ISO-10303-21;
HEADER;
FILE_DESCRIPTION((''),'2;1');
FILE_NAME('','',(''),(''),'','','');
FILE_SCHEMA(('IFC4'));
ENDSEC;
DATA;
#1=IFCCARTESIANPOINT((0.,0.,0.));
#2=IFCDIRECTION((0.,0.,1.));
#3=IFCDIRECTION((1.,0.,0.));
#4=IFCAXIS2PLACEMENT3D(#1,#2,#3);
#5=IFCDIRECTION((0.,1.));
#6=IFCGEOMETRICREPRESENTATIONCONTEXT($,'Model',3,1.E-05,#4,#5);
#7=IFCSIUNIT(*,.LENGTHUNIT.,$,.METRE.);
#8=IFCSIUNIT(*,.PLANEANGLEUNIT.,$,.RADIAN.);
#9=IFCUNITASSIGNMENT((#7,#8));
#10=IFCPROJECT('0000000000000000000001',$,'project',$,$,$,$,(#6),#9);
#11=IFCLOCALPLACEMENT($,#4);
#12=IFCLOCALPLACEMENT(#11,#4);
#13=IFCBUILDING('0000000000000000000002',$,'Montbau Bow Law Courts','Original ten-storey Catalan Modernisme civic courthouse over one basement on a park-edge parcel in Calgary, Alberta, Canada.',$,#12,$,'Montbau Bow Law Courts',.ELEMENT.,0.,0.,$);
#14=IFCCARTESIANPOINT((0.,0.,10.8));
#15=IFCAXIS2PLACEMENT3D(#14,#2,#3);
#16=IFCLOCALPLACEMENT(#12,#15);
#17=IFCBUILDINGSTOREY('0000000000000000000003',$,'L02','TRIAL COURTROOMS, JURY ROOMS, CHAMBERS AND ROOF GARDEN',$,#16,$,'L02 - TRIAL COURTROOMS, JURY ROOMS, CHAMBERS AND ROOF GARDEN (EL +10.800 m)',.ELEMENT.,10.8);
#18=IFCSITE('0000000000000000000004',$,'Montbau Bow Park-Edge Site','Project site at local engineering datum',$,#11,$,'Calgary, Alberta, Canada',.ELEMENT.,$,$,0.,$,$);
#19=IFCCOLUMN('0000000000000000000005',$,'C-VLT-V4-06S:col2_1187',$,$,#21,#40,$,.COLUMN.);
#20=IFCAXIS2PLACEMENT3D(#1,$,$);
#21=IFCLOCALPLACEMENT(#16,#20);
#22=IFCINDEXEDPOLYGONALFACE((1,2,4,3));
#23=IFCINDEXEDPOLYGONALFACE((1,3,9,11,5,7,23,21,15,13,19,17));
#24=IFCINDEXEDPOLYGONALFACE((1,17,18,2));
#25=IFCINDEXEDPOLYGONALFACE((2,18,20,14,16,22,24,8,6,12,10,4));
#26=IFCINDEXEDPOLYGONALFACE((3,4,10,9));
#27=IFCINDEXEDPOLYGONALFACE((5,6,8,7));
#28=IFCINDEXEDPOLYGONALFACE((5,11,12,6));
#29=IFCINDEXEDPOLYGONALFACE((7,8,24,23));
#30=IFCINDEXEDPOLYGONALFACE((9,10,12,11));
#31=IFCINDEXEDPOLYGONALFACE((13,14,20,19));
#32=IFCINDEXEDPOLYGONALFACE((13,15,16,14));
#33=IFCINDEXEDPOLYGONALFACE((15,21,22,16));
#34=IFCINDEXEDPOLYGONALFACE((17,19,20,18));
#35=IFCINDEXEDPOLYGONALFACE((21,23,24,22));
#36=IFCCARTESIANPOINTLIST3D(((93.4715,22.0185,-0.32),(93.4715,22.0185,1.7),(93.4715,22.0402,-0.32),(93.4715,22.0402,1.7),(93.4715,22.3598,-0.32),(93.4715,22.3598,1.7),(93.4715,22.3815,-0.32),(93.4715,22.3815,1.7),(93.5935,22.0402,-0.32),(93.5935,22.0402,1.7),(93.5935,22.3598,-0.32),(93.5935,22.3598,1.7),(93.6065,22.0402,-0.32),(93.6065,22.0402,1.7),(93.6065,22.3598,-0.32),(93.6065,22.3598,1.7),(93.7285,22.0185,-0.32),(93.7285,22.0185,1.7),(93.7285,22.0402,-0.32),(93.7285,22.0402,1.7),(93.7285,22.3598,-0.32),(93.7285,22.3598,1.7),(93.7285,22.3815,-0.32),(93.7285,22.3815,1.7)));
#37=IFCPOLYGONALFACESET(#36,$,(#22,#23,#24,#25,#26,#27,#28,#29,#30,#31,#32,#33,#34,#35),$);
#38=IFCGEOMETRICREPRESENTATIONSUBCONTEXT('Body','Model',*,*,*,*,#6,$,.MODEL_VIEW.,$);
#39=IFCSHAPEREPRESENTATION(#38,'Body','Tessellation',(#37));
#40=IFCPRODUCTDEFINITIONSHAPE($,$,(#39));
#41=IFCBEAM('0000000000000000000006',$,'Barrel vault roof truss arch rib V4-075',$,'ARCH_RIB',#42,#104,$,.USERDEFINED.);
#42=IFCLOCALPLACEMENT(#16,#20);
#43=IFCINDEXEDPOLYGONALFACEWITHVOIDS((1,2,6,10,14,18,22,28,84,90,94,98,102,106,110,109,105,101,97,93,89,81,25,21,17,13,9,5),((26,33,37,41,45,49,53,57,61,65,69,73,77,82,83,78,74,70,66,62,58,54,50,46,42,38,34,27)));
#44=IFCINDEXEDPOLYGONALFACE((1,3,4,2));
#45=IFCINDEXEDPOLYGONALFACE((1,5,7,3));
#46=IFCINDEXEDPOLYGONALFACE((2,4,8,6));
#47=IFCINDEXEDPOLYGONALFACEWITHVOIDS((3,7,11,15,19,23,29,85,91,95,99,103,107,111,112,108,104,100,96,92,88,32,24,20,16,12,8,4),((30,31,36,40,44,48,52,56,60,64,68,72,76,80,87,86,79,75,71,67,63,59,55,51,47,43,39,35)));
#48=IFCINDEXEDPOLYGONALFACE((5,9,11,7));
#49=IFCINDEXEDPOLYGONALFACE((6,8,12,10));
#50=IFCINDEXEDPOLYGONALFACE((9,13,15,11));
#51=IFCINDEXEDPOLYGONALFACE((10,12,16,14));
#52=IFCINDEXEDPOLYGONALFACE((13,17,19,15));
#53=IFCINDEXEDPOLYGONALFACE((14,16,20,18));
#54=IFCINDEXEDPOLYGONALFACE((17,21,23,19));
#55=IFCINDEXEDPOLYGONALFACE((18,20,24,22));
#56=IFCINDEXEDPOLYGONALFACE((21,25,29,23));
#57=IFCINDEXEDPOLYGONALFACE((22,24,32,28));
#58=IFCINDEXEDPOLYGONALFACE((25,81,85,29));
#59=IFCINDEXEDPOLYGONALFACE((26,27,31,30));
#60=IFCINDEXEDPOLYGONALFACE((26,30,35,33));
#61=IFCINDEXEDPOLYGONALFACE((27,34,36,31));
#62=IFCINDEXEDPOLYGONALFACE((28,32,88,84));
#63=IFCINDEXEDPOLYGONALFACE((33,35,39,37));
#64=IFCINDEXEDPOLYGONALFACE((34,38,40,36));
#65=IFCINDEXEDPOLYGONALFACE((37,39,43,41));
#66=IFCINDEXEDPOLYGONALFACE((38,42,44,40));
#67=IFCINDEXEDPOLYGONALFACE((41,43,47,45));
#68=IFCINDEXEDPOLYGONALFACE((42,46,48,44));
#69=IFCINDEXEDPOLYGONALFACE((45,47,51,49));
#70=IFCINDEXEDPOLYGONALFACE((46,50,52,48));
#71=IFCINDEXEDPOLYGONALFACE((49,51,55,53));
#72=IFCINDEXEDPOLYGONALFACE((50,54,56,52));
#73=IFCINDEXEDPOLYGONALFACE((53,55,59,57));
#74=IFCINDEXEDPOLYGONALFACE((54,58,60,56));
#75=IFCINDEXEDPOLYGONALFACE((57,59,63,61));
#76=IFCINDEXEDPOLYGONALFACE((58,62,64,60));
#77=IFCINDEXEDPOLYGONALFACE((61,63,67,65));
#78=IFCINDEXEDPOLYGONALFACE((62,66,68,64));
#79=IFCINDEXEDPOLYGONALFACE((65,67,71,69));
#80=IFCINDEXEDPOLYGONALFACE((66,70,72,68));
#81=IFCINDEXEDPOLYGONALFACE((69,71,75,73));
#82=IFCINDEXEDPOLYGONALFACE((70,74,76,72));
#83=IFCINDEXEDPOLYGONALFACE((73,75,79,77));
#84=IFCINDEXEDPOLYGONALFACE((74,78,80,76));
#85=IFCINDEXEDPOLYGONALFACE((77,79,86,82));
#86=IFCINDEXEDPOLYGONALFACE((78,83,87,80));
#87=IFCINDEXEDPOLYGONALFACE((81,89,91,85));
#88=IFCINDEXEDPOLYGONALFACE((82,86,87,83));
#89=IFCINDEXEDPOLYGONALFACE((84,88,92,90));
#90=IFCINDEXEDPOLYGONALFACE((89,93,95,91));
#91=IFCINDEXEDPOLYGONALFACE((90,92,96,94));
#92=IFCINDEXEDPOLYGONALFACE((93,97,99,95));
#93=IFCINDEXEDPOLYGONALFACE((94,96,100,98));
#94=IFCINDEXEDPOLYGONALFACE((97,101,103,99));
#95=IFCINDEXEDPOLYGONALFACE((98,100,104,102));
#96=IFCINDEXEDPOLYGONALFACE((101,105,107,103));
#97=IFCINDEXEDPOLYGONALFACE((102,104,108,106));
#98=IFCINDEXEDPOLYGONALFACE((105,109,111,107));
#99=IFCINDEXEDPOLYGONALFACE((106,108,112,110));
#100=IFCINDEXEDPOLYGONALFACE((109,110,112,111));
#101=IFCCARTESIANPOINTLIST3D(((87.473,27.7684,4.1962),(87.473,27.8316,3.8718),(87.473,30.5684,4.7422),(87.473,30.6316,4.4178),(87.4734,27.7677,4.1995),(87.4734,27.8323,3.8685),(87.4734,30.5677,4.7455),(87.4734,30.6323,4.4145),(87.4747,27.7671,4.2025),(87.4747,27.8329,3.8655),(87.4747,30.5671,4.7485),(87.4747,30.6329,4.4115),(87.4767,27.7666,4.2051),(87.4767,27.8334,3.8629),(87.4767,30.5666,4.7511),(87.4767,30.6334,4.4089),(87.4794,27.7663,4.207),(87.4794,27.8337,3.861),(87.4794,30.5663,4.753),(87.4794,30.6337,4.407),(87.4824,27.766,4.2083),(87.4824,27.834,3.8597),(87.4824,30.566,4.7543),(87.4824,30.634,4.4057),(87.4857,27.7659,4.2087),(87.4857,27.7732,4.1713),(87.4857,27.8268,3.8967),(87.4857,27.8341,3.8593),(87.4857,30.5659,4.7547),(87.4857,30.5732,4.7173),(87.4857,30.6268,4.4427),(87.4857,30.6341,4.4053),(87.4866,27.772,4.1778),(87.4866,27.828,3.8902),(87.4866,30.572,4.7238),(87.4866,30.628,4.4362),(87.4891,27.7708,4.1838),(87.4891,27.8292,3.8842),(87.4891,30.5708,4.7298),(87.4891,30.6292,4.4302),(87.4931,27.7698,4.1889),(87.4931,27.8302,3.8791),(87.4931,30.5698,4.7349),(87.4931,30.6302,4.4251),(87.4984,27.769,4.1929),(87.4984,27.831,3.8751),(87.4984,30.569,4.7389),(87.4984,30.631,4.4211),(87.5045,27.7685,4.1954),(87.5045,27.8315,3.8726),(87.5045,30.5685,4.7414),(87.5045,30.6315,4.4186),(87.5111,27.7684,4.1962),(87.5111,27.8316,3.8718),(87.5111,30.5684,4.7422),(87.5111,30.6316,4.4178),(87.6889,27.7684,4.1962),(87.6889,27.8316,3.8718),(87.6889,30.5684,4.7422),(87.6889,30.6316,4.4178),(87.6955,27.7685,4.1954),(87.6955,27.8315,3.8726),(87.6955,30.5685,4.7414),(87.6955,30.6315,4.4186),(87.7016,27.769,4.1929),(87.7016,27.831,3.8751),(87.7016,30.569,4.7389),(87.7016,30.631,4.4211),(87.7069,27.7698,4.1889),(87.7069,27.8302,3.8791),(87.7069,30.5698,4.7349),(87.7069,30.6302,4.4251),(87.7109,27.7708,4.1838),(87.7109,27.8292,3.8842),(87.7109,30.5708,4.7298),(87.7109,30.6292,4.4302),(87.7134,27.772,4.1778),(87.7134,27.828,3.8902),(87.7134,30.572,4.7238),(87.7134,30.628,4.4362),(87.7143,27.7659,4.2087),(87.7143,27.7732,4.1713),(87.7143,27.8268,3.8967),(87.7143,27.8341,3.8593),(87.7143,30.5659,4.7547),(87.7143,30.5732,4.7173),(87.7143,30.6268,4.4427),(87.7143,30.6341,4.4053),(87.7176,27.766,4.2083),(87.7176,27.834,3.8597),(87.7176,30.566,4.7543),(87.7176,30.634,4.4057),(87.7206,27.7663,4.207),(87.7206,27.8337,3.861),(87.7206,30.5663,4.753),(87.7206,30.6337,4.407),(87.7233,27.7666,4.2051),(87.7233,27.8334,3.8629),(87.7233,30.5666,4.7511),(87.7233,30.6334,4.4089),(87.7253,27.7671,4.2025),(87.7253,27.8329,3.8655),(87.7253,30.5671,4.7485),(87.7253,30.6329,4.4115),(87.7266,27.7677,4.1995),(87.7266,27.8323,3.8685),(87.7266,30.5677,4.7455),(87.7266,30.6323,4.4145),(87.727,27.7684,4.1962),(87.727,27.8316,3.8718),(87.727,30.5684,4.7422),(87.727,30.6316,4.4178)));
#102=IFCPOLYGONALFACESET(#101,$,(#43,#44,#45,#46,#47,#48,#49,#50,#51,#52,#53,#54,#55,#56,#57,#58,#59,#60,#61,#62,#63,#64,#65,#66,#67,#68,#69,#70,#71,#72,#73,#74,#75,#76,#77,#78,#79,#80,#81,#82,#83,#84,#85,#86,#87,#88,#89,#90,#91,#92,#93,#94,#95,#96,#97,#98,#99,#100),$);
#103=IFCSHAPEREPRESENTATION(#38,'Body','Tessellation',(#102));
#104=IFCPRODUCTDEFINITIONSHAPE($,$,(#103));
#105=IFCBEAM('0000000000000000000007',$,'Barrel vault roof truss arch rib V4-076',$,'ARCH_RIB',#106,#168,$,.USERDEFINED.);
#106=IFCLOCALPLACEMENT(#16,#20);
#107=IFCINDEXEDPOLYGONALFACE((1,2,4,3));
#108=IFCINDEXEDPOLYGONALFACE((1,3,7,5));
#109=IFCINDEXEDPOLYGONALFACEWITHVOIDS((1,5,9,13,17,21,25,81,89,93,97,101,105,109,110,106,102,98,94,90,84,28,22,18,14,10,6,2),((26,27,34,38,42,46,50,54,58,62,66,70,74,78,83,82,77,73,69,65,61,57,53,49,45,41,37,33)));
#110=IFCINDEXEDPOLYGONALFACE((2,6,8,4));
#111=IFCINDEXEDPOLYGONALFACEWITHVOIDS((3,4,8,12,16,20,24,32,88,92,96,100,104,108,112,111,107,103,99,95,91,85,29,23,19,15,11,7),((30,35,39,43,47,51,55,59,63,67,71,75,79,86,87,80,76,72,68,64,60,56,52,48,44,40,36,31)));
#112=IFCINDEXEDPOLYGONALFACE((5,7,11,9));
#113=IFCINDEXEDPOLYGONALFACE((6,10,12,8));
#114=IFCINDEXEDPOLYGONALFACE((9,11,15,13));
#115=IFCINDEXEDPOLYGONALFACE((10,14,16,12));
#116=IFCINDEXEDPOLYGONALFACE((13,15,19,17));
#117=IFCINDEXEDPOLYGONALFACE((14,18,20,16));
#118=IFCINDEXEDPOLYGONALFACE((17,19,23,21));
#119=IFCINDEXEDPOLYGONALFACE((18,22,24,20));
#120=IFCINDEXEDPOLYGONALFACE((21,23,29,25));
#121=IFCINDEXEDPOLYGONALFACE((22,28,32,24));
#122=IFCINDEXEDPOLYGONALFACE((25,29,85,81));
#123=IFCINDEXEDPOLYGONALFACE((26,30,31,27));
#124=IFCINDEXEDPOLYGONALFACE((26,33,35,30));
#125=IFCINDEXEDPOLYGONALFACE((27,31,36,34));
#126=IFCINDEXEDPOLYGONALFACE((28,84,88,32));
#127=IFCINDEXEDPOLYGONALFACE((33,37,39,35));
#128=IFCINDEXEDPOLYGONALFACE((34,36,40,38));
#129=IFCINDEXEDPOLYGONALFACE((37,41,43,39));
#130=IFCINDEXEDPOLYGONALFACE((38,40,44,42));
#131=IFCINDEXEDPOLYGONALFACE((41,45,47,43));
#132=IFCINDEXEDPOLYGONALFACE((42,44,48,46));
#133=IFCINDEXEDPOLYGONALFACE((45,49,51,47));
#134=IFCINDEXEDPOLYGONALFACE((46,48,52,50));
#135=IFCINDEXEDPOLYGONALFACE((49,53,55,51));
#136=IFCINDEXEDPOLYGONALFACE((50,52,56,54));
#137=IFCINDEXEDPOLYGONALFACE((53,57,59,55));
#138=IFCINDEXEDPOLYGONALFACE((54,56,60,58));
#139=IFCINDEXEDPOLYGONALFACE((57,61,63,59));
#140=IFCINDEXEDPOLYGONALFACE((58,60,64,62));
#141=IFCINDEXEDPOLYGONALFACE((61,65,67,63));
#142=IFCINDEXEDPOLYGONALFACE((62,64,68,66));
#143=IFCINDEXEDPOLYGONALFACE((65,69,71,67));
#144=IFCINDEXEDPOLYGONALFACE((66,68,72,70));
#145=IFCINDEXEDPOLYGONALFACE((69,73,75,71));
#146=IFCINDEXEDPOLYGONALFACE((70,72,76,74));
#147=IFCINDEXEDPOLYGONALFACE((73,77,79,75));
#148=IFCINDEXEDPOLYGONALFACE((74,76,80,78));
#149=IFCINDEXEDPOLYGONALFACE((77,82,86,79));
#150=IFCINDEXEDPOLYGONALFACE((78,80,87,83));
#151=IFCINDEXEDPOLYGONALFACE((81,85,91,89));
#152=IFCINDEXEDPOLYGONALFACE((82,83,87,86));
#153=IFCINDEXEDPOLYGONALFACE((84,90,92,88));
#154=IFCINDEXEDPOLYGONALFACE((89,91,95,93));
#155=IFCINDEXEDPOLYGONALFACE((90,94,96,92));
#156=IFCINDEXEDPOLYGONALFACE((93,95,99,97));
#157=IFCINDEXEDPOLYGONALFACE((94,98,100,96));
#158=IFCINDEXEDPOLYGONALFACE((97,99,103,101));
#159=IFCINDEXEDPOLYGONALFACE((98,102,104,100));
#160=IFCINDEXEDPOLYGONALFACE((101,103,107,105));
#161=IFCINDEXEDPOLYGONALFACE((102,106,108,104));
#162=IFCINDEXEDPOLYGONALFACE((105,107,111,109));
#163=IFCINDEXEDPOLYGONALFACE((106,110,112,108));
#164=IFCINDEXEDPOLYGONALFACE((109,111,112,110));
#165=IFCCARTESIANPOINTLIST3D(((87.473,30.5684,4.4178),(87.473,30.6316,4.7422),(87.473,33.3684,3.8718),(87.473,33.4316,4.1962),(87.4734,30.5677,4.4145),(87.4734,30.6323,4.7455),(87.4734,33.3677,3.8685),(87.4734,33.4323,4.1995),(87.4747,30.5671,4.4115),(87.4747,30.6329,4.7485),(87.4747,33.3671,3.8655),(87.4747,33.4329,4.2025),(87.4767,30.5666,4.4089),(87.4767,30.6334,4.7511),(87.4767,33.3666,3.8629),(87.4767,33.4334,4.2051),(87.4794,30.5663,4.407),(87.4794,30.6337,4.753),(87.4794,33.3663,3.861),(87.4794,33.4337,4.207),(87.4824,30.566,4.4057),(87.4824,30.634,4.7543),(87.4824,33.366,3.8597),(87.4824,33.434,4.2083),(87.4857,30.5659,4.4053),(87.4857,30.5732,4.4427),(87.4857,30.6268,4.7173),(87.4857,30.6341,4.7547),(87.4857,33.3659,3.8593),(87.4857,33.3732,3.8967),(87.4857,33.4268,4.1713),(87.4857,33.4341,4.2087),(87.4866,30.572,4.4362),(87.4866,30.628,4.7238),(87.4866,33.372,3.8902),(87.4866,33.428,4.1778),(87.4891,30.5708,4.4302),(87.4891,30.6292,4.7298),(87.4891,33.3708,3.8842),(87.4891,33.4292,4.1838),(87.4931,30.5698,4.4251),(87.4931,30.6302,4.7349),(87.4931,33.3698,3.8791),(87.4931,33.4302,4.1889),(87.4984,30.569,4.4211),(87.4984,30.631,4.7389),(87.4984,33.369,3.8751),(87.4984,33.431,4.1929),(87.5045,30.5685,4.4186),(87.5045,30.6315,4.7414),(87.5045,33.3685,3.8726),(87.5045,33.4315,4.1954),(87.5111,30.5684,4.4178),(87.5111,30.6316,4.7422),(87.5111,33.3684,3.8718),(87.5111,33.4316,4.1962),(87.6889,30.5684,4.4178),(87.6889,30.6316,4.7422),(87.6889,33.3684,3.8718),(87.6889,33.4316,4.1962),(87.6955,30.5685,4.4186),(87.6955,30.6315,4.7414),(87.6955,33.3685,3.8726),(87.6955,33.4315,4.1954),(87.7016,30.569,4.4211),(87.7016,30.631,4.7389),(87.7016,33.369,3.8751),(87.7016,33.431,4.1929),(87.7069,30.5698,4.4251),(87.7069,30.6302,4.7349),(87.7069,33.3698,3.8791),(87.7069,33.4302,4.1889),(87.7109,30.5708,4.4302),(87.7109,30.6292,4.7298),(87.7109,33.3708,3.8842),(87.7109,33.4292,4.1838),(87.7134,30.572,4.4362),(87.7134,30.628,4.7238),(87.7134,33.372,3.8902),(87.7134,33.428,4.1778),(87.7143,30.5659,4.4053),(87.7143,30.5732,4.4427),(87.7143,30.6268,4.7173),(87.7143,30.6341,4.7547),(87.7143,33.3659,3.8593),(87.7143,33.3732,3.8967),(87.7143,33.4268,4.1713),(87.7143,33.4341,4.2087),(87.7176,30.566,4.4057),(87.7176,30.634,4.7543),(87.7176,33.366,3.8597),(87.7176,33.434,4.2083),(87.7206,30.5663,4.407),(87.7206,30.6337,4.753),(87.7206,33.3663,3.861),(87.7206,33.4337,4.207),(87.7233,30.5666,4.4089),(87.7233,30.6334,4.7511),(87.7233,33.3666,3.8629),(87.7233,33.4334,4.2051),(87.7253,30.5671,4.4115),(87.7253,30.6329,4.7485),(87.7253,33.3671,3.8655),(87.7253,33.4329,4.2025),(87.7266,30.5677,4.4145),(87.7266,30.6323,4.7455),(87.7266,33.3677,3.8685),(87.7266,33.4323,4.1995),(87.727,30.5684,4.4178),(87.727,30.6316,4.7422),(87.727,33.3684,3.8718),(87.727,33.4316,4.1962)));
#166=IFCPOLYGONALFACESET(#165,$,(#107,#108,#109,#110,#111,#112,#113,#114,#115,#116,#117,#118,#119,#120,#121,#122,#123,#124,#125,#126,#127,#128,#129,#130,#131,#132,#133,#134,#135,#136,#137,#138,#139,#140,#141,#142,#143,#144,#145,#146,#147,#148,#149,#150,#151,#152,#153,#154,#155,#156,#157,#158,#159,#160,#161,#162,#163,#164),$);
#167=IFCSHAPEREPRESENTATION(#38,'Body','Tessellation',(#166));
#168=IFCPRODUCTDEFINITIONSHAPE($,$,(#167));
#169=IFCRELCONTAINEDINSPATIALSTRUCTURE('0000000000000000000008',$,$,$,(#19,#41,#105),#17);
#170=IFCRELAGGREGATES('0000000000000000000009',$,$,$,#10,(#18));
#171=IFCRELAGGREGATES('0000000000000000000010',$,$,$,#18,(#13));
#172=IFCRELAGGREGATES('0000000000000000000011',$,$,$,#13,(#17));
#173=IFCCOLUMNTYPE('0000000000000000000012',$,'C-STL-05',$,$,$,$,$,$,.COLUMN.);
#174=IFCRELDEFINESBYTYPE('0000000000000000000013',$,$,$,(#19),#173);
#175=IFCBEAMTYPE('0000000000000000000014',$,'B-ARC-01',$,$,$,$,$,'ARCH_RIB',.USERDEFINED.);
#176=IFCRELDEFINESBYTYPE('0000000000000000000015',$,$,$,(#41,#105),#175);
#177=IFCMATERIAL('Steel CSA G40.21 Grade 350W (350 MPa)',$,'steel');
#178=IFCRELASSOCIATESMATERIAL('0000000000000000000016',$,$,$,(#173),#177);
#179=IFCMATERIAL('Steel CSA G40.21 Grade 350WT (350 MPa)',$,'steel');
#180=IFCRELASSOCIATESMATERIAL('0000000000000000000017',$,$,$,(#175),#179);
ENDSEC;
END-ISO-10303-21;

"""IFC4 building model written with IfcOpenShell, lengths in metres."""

from ifc_helpers import new_model, si_unit, direction, frame, origin_with_axes, origin_2d_with_axis, place, context, subcontext, project, spatial, hollow_rectangle, i_section, extrude, material, material_profile, profile_set, type_object, element, save


model = new_model("IFC4")

# Units and contexts
model_context = context("Model", 3, precision=1e-05, world=origin_with_axes(), true_north=direction((0.0, 1.0)))
body_context = subcontext(model_context, "Body", "Model", "MODEL_VIEW")
ifc_project = project(units=[si_unit("LENGTHUNIT", "METRE"), si_unit("PLANEANGLEUNIT", "RADIAN")], contexts=[model_context])

# Site, building, storey
site_placement = place(None, origin_with_axes())
site = spatial("IfcSite", under=ifc_project, at=site_placement, Name="Montbau Bow Park-Edge Site", Description="Project site at local engineering datum", LongName="Calgary, Alberta, Canada", CompositionType="ELEMENT", RefElevation=0.0)
building_placement = place(site_placement, origin_with_axes())
building = spatial("IfcBuilding", under=site, at=building_placement, Name="Montbau Bow Law Courts", Description="Original ten-storey Catalan Modernisme civic courthouse over one basement on a park-edge parcel in Calgary, Alberta, Canada.", LongName="Montbau Bow Law Courts", CompositionType="ELEMENT", ElevationOfRefHeight=0.0, ElevationOfTerrain=0.0)
storey_placement = place(building_placement, frame((0.0, 0.0, 10.8), z_axis=(0.0, 0.0, 1.0), x_axis=(1.0, 0.0, 0.0)))
storey = spatial("IfcBuildingStorey", under=building, at=storey_placement, Name="L02", Description="TRIAL COURTROOMS, JURY ROOMS, CHAMBERS AND ROOF GARDEN", LongName="L02 - TRIAL COURTROOMS, JURY ROOMS, CHAMBERS AND ROOF GARDEN (EL +10.800 m)", CompositionType="ELEMENT", Elevation=10.8)

# Column
ifc_material_1 = material(Name="Steel CSA G40.21 Grade 350W (350 MPa)", Category="steel")
ifc_material_profile_1 = material_profile(ifc_material_1, i_section(OverallWidth=0.257, OverallDepth=0.363, WebThickness=0.013, FlangeThickness=0.0217, at=origin_2d_with_axis()), Name="W360X122", Category="Main", Priority=0)
ifc_profile_set_1 = profile_set([ifc_material_profile_1], Name="Steel CSA G40.21 Grade 350W (350 MPa)")
column_type = type_object("IfcColumnType", Name="C-STL-05", PredefinedType="COLUMN", material=ifc_profile_set_1)
column_placement = place(None, frame((93.6, 22.2, 10.48), z_axis=(0.0, 0.0, 1.0), x_axis=(1.0, 0.0, 0.0)))
element("IfcColumn", 1, at=column_placement, inside=storey, type_object=column_type, Name="C-VLT-V4-06S:col2_1187", PredefinedType="COLUMN", context=body_context, shape_type="SweptSolid", body=[
    extrude(i_section(OverallWidth=0.257, OverallDepth=0.363, WebThickness=0.013, FlangeThickness=0.0217, at=origin_2d_with_axis()), origin_with_axes(), (0.0, 0.0, 1.0), 2.02),
])

# Beams
ifc_material_2 = material(Name="Steel CSA G40.21 Grade 350WT (350 MPa)", Category="steel")
ifc_material_profile_2 = material_profile(ifc_material_2, hollow_rectangle(XDim=0.254, YDim=0.356, WallThickness=0.0127, InnerFilletRadius=0.0254, OuterFilletRadius=0.0127, at=origin_2d_with_axis()), Name="HSS356X254X13", Category="Main", Priority=0)
ifc_profile_set_2 = profile_set([ifc_material_profile_2], Name="Steel CSA G40.21 Grade 350WT (350 MPa)")
beam_type_1 = type_object("IfcBeamType", Name="B-ARC-01", ElementType="ARCH_RIB", PredefinedType="USERDEFINED", material=ifc_profile_set_2)
for number, where, z_axis, x_axis, name in (
    (2, (87.6, 27.8, 14.834), (0.0, 0.981513, 0.191395), (-1.0, 0.0, 0.0), "Barrel vault roof truss arch rib V4-075"),
    (3, (87.6, 30.6, 15.38), (0.0, 0.981513, -0.191395), (-1.0, 0.0, 0.0), "Barrel vault roof truss arch rib V4-076"),
):
    element("IfcBeam", number, at=place(None, frame(where, z_axis=z_axis, x_axis=x_axis)), inside=storey, type_object=beam_type_1, Name=name, ObjectType="ARCH_RIB", PredefinedType="USERDEFINED", context=body_context, shape_type="SweptSolid", body=[
        extrude(hollow_rectangle(XDim=0.254, YDim=0.356, WallThickness=0.0127, InnerFilletRadius=0.0254, OuterFilletRadius=0.0127, at=origin_2d_with_axis()), origin_with_axes(), (0.0, 0.0, 1.0), 2.8527),
    ])

save(model, "model.ifc")
